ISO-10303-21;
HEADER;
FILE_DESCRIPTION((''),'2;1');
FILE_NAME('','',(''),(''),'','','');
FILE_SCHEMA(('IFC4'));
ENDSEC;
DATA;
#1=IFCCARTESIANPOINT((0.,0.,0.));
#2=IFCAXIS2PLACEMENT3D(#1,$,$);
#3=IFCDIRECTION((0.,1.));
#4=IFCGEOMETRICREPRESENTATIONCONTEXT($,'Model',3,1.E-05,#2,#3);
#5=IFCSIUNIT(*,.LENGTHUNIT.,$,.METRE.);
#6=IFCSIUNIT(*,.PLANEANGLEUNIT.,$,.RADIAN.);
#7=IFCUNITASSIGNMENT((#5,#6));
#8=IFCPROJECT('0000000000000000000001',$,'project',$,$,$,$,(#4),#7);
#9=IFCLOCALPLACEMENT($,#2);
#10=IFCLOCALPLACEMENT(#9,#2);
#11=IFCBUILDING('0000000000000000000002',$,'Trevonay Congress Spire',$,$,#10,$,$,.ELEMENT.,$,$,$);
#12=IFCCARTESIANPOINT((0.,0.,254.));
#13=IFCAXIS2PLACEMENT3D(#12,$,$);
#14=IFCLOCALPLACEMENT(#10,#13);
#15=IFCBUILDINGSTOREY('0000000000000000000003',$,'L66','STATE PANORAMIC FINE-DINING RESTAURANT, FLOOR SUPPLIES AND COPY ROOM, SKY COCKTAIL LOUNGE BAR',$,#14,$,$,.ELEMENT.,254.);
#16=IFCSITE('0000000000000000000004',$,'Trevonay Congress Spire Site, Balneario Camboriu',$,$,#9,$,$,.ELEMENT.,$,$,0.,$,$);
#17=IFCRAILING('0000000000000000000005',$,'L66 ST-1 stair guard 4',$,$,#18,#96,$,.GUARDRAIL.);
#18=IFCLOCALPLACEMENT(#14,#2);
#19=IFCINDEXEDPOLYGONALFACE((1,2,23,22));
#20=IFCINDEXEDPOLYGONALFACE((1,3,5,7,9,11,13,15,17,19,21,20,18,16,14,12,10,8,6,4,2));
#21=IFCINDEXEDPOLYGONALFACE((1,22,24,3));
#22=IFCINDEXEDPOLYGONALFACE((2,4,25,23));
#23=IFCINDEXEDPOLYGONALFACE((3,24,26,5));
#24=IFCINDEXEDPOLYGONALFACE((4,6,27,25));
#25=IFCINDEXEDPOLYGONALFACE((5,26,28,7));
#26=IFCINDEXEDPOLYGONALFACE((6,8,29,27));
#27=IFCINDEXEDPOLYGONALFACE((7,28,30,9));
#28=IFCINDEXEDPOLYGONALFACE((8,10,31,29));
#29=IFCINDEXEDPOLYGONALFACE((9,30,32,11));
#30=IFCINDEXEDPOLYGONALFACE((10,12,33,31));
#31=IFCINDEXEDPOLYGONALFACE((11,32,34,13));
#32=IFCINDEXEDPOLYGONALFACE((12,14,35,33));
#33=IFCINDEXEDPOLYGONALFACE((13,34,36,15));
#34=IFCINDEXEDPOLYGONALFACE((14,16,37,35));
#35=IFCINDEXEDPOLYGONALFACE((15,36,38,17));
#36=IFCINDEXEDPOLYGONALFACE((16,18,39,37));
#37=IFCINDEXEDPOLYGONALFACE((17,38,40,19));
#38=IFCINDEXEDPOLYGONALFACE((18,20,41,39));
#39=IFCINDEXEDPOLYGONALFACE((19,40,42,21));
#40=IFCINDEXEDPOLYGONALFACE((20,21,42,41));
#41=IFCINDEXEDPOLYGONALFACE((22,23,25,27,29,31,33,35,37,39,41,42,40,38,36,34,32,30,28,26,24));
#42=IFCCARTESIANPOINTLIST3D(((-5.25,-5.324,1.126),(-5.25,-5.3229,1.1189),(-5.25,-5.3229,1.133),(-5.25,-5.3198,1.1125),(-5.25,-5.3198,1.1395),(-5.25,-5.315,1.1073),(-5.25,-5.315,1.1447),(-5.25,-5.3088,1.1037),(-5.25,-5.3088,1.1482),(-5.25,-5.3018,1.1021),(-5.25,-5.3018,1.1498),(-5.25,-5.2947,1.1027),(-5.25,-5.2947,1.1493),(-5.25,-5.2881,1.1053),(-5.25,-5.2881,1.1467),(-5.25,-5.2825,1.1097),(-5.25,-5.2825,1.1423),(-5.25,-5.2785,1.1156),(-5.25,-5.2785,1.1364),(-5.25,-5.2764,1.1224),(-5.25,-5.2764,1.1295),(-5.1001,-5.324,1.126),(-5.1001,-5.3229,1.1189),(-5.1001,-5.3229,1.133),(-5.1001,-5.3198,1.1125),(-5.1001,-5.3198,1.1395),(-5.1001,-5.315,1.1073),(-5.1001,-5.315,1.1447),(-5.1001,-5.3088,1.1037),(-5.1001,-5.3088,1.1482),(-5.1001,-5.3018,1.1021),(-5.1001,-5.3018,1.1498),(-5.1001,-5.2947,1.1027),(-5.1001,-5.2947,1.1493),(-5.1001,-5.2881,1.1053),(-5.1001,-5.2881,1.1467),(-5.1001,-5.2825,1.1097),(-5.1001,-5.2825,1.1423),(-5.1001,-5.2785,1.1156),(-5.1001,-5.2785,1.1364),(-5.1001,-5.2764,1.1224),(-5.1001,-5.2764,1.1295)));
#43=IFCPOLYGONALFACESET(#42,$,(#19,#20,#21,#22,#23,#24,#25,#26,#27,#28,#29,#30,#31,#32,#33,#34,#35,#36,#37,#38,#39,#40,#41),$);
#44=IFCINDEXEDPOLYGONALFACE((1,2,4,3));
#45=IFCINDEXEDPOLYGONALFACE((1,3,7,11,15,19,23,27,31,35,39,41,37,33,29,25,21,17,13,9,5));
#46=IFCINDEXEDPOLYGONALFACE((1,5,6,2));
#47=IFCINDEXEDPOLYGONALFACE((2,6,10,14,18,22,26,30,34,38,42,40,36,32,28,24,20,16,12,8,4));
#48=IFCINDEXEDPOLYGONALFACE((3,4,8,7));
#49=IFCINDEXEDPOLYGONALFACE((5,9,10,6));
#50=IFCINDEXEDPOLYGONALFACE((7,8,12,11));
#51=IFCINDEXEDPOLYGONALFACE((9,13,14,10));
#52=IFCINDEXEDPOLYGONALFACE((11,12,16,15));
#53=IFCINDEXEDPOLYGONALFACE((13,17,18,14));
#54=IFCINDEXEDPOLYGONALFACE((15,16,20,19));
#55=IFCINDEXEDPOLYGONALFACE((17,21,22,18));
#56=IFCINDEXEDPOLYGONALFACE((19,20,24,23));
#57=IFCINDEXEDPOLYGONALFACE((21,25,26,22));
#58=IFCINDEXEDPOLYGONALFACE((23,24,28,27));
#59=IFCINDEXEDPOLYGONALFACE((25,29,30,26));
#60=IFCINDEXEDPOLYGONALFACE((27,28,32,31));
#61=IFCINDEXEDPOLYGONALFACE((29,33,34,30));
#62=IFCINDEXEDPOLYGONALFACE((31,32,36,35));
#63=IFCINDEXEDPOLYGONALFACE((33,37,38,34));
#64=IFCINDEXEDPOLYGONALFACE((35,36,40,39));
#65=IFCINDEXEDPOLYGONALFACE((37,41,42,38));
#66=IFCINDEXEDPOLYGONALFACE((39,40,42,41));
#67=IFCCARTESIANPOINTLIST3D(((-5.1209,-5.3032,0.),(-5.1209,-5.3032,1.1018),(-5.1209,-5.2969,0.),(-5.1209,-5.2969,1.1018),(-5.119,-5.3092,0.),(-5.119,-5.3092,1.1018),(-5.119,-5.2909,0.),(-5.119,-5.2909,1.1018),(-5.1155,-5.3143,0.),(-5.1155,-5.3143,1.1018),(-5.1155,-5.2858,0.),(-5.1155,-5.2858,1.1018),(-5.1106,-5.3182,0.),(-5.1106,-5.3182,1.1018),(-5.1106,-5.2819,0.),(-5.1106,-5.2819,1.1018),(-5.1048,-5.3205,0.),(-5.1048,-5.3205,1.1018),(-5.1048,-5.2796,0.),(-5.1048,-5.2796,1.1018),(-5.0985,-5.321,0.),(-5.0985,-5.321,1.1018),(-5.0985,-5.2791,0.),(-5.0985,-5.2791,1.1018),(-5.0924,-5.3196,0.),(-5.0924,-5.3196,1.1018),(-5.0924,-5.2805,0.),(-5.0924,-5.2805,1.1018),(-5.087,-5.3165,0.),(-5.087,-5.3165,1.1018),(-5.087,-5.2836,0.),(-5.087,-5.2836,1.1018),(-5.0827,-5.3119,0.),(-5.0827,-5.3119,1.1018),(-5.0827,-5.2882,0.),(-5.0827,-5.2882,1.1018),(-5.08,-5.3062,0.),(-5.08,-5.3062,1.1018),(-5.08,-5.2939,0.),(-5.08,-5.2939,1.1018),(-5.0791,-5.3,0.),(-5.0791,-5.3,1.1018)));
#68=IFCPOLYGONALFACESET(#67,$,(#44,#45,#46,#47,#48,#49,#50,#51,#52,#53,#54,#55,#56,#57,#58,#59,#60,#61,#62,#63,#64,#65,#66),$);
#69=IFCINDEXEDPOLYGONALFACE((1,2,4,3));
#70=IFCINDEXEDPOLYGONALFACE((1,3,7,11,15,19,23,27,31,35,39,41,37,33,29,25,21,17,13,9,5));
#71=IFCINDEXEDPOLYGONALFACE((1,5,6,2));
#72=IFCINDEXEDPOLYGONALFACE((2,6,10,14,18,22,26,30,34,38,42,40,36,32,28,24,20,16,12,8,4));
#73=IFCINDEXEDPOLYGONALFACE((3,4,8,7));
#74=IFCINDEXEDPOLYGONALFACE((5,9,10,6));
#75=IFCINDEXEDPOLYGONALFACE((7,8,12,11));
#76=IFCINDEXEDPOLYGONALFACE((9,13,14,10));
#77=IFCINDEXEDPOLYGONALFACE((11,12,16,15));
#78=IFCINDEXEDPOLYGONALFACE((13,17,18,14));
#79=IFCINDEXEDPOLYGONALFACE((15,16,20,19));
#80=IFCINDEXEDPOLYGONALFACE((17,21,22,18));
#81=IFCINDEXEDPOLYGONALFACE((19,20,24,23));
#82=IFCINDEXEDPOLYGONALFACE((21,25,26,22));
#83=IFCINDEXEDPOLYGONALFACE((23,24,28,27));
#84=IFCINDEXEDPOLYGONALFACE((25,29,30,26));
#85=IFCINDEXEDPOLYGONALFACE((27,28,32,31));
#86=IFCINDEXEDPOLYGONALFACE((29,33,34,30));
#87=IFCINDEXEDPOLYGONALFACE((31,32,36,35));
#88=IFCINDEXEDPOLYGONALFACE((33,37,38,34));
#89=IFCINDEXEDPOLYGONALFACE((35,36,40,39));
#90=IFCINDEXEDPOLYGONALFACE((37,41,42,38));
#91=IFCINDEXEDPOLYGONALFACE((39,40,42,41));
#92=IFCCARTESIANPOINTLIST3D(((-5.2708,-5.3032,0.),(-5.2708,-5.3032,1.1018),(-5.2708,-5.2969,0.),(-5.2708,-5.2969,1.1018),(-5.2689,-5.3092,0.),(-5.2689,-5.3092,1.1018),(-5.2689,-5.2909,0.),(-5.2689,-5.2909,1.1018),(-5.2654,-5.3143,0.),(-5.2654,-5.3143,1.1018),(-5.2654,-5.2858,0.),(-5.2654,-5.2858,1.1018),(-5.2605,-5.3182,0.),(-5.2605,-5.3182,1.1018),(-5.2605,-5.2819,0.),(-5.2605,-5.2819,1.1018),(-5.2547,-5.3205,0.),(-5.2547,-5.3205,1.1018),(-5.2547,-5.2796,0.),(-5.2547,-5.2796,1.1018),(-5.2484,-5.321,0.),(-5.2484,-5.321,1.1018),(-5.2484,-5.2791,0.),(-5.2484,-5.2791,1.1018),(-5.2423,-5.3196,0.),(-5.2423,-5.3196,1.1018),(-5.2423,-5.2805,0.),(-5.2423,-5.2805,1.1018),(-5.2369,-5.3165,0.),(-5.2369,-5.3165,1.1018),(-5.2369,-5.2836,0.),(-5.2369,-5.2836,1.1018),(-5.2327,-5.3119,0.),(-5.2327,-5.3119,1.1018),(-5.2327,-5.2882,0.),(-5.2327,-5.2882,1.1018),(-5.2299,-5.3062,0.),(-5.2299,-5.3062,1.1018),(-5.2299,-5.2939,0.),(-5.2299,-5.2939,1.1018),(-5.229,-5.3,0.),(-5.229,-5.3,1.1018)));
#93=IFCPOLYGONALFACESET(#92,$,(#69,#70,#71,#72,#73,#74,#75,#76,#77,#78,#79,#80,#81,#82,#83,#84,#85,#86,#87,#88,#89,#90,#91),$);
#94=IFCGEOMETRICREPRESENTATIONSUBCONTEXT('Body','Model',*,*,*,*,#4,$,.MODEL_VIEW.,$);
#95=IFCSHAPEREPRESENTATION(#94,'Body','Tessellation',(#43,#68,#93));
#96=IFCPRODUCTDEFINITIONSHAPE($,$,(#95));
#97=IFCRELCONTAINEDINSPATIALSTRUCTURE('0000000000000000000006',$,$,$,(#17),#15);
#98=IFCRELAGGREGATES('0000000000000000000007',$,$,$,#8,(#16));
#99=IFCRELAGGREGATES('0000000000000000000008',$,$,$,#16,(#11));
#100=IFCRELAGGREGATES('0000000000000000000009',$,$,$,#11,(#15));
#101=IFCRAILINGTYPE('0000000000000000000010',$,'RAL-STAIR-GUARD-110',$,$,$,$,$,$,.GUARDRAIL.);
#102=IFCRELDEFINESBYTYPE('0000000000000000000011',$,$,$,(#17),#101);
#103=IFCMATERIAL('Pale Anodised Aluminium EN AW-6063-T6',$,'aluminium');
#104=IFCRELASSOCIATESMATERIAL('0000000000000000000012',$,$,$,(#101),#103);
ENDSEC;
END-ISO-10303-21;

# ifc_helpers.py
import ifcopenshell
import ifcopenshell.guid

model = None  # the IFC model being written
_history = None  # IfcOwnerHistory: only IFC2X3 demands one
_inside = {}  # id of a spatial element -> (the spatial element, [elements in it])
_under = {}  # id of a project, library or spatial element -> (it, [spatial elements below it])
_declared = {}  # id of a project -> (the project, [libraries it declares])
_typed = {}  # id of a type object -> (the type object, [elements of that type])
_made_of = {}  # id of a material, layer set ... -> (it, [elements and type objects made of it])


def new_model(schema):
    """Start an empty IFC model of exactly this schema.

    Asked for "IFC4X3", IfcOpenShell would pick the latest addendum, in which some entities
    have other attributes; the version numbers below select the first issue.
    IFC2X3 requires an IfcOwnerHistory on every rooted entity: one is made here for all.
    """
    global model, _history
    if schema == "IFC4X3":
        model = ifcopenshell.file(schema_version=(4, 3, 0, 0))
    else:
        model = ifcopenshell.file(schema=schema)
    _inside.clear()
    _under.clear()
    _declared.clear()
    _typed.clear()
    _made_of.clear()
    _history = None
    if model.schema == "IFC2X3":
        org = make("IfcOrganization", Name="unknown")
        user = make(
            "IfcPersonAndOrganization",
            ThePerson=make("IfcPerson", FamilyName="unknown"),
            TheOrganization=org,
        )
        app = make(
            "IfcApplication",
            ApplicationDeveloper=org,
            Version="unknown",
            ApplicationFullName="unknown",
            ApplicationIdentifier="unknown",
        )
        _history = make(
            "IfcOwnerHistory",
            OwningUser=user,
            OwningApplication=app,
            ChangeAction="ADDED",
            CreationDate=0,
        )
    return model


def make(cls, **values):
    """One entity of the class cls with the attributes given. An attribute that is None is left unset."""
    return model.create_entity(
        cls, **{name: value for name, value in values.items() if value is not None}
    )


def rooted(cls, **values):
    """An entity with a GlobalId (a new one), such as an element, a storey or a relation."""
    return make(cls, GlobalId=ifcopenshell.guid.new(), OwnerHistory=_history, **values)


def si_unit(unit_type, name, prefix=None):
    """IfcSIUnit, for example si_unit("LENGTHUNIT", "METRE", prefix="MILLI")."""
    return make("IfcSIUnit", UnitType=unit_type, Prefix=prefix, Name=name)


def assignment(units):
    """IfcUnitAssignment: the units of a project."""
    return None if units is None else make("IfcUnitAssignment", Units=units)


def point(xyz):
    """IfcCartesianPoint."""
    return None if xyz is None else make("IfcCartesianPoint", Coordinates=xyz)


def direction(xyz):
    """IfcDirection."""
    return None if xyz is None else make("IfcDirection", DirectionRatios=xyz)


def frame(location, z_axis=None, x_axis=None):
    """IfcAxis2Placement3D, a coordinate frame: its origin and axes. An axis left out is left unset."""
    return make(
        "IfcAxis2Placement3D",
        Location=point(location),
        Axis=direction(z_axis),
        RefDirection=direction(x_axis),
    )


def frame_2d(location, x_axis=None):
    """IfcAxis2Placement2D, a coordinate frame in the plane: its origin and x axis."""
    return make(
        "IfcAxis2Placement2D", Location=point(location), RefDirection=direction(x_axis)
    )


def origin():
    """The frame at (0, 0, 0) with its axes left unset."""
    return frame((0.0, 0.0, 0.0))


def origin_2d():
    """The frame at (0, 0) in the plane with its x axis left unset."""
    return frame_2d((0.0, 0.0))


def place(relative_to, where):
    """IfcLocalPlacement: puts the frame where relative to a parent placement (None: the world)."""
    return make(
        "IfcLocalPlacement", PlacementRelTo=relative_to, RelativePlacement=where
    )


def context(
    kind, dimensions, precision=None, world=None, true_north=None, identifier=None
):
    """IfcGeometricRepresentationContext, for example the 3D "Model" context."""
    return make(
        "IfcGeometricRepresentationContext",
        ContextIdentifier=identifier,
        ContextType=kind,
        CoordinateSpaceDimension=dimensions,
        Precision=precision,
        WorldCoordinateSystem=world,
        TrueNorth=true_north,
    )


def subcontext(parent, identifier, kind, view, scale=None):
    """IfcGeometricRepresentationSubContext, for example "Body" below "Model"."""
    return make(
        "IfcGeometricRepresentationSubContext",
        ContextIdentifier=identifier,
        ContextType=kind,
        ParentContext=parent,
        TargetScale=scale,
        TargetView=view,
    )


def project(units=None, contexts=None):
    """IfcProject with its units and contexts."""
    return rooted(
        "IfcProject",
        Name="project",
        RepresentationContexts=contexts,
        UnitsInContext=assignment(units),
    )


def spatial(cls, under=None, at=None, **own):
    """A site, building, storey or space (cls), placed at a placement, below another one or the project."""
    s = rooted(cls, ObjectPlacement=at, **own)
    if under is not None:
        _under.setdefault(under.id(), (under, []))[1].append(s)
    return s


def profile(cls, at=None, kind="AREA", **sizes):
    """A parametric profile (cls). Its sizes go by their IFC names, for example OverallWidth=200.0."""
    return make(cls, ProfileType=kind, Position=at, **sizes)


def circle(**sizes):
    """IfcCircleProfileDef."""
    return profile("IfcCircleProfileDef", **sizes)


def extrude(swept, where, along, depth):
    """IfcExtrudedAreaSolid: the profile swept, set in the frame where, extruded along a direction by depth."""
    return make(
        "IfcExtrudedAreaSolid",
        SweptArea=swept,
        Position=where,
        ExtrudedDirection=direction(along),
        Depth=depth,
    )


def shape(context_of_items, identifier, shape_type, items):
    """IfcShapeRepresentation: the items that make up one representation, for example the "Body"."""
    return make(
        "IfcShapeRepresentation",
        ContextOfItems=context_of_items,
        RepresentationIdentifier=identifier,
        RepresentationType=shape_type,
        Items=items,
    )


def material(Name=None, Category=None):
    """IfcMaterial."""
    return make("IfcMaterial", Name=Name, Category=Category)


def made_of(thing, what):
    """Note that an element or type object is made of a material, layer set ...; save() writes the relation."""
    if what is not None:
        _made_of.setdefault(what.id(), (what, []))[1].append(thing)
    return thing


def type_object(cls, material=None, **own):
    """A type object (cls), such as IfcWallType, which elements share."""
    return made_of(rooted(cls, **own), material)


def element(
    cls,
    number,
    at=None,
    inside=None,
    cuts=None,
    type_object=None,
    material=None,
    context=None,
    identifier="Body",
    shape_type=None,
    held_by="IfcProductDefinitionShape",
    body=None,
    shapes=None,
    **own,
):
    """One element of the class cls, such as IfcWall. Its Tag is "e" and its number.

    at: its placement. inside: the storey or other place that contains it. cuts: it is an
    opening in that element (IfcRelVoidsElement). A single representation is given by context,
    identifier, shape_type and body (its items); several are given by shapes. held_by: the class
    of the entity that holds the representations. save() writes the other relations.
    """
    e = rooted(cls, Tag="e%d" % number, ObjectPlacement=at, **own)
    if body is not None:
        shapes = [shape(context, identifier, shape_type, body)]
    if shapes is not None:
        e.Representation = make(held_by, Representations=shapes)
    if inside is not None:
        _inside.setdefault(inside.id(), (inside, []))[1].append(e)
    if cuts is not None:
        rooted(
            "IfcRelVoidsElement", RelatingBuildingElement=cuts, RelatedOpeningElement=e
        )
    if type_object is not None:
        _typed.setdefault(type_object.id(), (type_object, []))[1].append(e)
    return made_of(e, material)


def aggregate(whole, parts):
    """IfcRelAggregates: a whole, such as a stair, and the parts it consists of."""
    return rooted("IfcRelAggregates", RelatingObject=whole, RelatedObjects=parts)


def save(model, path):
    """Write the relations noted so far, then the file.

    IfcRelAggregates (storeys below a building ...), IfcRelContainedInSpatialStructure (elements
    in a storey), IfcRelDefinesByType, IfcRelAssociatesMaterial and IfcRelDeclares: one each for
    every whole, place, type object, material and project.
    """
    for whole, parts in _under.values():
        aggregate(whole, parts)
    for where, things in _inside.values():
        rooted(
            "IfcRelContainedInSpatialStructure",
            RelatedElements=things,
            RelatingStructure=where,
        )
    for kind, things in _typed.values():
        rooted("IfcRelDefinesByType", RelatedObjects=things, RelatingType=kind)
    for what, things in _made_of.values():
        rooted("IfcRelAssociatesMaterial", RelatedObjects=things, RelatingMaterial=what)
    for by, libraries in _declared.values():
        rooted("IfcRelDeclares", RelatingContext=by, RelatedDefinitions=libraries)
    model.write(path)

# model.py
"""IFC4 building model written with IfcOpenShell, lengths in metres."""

from ifc_helpers import new_model, si_unit, direction, frame, origin, origin_2d, place, context, subcontext, project, spatial, circle, extrude, material, type_object, element, save


model = new_model("IFC4")

# Units and contexts
model_context = context("Model", 3, precision=1e-05, world=origin(), true_north=direction((0.0, 1.0)))
body_context = subcontext(model_context, "Body", "Model", "MODEL_VIEW")
ifc_project = project(units=[si_unit("LENGTHUNIT", "METRE"), si_unit("PLANEANGLEUNIT", "RADIAN")], contexts=[model_context])

# Site, building, storey
site_placement = place(None, origin())
site = spatial("IfcSite", under=ifc_project, at=site_placement, Name="Trevonay Congress Spire Site, Balneario Camboriu", CompositionType="ELEMENT", RefElevation=0.0)
building_placement = place(site_placement, origin())
building = spatial("IfcBuilding", under=site, at=building_placement, Name="Trevonay Congress Spire", CompositionType="ELEMENT")
storey_placement = place(building_placement, frame((0.0, 0.0, 254.0)))
storey = spatial("IfcBuildingStorey", under=building, at=storey_placement, Name="L66", Description="STATE PANORAMIC FINE-DINING RESTAURANT, FLOOR SUPPLIES AND COPY ROOM, SKY COCKTAIL LOUNGE BAR", CompositionType="ELEMENT", Elevation=254.0)

# Railing
ifc_material_1 = material(Name="Pale Anodised Aluminium EN AW-6063-T6", Category="aluminium")
railing_type_1 = type_object("IfcRailingType", Name="RAL-STAIR-GUARD-110", PredefinedType="GUARDRAIL", material=ifc_material_1)
railing_1_placement = place(storey_placement, frame((-5.1001, -5.3, 0.0)))
element("IfcRailing", 1, at=railing_1_placement, inside=storey, type_object=railing_type_1, Name="L66 ST-1 stair guard 4", PredefinedType="GUARDRAIL", context=body_context, shape_type="SweptSolid", body=[
    extrude(circle(Radius=0.0239, at=origin_2d()), frame((0.0, 0.0, 1.126), z_axis=(-1.0, 0.0, 0.0), x_axis=(0.0, -1.0, 0.0)), (0.0, 0.0, 1.0), 0.1499),
    extrude(circle(Radius=0.021, at=origin_2d()), origin(), (0.0, 0.0, 1.0), 1.1018),
    extrude(circle(Radius=0.021, at=origin_2d()), frame((-0.1499, 0.0, 0.0)), (0.0, 0.0, 1.0), 1.1018),
])

save(model, "model.ifc")
